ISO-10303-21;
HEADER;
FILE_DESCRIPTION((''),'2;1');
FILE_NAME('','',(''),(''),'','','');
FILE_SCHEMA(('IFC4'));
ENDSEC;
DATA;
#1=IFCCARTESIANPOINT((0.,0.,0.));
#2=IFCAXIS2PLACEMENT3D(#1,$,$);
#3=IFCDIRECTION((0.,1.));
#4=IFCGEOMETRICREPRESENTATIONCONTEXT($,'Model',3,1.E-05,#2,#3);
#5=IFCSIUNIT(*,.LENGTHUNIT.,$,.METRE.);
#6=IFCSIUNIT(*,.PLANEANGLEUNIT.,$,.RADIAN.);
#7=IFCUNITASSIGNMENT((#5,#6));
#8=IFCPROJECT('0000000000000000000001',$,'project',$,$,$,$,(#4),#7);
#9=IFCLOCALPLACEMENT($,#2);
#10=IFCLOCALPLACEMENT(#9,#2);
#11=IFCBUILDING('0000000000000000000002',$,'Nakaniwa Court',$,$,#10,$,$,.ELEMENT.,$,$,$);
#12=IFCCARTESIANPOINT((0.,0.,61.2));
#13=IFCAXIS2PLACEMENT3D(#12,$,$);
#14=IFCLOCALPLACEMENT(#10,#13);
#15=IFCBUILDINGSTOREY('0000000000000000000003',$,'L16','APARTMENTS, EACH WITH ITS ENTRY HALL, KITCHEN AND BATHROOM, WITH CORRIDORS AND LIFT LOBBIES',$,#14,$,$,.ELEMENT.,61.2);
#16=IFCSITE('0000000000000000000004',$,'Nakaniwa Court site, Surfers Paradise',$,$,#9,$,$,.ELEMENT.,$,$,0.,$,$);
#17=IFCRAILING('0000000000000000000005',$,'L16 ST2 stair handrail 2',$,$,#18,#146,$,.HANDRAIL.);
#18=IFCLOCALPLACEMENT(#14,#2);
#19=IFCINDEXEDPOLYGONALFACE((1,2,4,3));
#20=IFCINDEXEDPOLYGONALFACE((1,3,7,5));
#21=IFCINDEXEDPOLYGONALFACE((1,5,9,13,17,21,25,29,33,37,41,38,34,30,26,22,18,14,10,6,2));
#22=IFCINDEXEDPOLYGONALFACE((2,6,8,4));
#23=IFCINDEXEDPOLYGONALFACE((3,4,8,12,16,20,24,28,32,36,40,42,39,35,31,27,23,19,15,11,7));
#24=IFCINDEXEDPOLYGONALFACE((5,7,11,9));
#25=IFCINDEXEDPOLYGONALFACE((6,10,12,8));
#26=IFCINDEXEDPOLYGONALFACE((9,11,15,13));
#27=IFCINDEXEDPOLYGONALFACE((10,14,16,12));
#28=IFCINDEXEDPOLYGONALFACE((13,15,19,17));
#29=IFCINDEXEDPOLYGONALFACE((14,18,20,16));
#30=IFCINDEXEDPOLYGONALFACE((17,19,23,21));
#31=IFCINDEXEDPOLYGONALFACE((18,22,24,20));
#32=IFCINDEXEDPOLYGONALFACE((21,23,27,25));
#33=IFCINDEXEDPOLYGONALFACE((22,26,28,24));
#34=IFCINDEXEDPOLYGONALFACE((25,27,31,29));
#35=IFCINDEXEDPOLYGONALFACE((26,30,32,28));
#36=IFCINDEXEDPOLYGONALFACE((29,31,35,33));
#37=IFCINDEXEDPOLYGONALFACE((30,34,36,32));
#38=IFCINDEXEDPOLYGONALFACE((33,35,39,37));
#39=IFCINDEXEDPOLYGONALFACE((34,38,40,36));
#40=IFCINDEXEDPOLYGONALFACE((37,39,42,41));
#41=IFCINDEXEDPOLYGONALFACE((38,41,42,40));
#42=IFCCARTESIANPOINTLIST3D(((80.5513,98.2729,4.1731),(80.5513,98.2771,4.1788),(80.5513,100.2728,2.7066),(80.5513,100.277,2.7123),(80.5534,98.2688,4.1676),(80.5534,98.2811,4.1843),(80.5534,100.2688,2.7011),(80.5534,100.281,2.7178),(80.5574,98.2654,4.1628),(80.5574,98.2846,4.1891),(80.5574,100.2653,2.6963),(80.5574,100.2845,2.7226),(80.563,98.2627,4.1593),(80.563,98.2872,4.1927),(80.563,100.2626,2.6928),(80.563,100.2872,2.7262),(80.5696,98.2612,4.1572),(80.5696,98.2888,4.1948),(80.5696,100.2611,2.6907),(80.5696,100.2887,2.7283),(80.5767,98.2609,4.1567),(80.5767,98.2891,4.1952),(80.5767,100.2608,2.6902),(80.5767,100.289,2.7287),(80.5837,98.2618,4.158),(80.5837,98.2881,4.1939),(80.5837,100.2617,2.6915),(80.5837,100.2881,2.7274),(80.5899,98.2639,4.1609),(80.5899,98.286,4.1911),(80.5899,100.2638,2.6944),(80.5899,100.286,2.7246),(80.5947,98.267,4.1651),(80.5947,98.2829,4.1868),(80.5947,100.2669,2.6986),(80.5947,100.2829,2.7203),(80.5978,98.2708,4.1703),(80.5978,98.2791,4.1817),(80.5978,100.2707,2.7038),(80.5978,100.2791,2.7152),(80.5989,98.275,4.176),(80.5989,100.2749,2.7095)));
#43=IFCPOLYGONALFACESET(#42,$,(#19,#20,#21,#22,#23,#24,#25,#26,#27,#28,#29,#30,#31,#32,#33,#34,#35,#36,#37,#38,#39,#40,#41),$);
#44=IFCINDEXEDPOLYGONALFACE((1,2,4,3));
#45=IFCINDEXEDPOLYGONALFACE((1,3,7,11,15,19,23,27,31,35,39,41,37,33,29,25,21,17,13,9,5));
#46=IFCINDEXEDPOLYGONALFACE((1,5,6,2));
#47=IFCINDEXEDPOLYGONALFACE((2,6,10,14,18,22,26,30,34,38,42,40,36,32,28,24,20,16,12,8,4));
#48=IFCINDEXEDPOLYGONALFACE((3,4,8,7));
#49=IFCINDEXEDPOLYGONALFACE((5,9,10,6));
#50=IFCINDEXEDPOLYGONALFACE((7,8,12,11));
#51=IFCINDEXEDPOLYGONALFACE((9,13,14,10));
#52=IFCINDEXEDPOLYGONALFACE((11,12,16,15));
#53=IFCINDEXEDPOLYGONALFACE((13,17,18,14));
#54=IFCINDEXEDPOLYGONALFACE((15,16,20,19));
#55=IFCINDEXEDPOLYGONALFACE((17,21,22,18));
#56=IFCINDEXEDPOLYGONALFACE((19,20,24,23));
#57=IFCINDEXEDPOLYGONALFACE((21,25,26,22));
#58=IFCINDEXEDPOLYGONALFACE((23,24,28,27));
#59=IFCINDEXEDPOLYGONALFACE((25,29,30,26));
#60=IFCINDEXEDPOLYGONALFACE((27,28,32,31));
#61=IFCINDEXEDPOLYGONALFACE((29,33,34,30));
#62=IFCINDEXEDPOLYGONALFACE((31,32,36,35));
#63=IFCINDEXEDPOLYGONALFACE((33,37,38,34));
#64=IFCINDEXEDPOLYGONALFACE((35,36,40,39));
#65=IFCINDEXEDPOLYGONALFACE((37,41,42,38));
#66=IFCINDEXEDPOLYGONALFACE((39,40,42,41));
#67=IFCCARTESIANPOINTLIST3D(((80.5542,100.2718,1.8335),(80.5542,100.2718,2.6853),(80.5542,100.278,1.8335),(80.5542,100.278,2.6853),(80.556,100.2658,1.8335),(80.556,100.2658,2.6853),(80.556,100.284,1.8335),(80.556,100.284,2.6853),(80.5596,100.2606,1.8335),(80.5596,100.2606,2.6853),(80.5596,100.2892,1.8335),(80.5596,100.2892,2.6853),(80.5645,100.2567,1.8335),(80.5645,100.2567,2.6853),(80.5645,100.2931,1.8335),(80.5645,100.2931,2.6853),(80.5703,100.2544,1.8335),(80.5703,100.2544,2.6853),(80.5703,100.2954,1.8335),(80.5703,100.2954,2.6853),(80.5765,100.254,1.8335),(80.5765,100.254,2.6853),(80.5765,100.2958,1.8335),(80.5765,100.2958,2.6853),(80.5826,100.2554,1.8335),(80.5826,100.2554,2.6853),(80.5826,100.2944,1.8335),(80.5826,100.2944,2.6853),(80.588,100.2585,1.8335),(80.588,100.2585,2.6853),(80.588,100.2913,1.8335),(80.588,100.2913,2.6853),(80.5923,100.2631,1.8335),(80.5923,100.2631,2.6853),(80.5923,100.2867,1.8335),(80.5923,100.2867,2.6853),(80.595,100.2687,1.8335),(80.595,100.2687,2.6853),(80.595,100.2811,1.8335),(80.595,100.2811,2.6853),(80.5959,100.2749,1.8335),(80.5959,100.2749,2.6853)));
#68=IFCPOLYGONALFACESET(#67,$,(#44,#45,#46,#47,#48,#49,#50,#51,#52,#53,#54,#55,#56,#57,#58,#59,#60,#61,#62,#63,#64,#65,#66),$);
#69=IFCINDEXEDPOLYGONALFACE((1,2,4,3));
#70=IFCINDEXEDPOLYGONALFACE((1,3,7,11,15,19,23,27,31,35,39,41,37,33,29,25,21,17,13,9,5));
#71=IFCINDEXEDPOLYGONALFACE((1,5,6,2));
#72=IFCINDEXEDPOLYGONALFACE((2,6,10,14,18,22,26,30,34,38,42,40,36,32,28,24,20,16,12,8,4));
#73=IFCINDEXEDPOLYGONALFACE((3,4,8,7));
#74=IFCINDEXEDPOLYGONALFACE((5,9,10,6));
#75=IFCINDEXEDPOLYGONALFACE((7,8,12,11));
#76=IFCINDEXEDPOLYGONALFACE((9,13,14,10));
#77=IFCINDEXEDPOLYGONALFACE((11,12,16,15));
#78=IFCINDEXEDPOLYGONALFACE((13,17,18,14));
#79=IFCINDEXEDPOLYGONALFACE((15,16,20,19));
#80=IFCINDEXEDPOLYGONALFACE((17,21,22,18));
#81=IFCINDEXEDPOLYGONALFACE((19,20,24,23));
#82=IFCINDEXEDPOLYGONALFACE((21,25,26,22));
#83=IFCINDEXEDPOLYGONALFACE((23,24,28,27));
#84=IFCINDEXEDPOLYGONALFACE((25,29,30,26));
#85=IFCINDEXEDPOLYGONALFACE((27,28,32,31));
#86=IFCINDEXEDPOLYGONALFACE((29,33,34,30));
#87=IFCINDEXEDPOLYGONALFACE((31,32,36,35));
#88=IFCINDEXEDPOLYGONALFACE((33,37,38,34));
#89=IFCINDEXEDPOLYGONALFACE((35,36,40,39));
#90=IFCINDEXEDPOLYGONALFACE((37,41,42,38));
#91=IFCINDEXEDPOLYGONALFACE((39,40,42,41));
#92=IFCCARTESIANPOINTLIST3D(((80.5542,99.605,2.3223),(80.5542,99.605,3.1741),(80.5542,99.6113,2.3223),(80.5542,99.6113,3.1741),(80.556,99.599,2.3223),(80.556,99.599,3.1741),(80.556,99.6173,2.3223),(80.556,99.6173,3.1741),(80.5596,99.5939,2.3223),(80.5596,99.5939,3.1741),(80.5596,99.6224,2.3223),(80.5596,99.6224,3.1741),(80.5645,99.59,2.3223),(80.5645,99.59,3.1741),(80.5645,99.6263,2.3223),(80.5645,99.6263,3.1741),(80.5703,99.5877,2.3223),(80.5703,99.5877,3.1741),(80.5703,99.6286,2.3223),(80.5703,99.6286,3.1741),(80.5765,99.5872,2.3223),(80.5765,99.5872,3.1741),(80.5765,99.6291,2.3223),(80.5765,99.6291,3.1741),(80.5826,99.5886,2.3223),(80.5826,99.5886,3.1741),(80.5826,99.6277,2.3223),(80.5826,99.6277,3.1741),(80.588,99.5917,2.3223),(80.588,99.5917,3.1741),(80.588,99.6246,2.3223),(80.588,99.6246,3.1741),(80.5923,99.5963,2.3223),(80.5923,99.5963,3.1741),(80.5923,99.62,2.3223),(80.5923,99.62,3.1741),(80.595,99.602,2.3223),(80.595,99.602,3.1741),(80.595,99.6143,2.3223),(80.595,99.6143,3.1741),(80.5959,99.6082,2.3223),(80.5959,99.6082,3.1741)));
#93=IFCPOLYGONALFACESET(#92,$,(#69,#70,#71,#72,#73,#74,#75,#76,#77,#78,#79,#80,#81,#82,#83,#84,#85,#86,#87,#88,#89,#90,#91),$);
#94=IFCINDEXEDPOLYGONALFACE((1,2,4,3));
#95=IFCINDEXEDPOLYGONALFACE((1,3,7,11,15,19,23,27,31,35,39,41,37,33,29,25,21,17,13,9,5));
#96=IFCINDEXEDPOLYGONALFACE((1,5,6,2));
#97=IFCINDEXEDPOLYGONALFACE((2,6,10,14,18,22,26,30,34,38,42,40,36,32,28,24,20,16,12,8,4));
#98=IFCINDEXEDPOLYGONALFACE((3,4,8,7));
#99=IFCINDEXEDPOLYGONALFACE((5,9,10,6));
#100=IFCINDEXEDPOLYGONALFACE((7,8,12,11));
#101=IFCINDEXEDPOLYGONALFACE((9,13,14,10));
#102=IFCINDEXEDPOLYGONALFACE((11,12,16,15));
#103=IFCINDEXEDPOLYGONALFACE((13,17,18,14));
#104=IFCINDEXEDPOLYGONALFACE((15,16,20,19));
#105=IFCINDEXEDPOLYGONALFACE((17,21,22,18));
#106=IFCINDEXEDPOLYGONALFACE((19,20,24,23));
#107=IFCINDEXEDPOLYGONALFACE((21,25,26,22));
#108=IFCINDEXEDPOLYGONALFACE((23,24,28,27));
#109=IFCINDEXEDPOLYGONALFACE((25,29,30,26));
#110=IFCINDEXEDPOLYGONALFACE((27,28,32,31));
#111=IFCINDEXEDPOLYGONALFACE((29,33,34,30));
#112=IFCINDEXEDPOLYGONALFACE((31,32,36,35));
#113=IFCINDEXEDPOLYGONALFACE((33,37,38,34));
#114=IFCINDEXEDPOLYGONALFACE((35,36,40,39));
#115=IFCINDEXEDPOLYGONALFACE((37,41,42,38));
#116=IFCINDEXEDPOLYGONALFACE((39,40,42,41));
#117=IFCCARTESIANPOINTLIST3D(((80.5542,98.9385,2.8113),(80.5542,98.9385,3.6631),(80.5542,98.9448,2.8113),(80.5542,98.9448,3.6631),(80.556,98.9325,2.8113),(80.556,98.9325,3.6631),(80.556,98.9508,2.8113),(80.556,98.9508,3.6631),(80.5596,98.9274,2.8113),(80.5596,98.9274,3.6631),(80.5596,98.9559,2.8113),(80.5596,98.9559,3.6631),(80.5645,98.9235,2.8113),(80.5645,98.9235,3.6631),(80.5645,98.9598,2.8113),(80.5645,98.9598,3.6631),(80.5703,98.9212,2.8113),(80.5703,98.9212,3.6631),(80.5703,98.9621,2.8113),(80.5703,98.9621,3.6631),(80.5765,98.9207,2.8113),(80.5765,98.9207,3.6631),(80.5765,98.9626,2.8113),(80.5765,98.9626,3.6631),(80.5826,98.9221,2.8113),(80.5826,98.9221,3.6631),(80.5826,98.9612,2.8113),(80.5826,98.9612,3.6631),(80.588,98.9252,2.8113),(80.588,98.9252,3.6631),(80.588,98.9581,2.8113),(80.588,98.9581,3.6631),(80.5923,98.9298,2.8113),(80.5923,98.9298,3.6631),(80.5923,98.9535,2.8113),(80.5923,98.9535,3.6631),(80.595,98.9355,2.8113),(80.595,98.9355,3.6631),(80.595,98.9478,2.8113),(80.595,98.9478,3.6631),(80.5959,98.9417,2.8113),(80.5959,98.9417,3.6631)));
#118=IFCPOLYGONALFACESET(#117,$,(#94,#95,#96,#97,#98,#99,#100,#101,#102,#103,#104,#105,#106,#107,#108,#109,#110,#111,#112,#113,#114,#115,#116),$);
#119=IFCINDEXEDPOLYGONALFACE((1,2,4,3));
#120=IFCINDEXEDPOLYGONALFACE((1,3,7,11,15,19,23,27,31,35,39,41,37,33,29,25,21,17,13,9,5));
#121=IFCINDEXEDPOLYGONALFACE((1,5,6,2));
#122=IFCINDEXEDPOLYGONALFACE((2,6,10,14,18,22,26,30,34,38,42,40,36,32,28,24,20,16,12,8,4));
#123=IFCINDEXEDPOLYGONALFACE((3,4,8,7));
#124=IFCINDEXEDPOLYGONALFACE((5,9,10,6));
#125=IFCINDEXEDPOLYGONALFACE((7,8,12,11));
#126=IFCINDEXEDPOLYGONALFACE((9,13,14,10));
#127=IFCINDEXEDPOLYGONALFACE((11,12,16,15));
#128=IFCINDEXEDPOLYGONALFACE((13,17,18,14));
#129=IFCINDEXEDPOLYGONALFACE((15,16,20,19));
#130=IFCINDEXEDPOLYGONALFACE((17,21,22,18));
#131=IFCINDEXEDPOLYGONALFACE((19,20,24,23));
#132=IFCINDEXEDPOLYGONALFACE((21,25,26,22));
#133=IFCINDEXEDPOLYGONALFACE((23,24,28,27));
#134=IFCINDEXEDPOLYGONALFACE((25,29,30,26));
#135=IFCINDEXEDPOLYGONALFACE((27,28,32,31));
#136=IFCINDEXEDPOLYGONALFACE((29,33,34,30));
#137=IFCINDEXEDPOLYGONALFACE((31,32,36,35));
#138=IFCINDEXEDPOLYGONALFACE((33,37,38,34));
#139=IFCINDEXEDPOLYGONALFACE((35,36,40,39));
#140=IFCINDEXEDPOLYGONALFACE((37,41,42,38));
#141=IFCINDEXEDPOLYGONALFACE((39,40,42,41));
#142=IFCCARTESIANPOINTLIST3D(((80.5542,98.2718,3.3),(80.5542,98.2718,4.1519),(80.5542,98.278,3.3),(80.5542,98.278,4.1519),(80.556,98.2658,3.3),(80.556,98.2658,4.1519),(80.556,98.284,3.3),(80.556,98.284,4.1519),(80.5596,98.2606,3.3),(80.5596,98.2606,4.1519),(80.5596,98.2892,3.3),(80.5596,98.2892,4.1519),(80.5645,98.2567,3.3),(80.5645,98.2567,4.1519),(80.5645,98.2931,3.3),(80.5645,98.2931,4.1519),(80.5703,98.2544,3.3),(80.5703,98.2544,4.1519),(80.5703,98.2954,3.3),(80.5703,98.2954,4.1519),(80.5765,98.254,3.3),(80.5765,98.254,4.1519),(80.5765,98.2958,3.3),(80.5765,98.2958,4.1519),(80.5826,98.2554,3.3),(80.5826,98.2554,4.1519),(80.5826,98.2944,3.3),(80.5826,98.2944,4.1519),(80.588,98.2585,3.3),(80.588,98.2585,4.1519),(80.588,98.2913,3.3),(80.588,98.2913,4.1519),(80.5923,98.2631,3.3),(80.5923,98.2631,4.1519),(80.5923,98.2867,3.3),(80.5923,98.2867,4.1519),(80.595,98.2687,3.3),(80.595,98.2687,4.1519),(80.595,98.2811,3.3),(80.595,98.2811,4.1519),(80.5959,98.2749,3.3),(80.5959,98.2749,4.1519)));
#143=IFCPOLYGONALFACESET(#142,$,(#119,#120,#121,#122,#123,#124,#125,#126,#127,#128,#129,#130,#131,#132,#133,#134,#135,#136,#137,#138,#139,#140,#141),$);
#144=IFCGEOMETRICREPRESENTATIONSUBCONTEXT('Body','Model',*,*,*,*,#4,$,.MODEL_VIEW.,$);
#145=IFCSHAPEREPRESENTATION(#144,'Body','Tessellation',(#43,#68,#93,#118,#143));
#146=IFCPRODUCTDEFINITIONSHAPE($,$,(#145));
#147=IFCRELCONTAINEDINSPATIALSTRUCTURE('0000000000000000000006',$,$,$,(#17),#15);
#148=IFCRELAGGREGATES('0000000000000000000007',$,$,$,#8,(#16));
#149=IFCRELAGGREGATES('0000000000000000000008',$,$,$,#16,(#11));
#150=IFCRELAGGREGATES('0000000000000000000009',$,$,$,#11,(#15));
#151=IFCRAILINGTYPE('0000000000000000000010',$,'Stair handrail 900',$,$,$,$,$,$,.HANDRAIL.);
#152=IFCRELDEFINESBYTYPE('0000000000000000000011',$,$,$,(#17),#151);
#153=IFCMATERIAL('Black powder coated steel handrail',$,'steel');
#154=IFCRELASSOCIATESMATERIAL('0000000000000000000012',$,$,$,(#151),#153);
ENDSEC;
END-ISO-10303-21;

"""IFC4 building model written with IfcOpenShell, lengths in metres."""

from ifc_helpers import new_model, si_unit, direction, frame, origin, origin_2d, place, context, subcontext, project, spatial, circle, extrude, material, type_object, element, save


model = new_model("IFC4")

# Units and contexts
model_context = context("Model", 3, precision=1e-05, world=origin(), true_north=direction((0.0, 1.0)))
body_context = subcontext(model_context, "Body", "Model", "MODEL_VIEW")
ifc_project = project(units=[si_unit("LENGTHUNIT", "METRE"), si_unit("PLANEANGLEUNIT", "RADIAN")], contexts=[model_context])

# Site, building, storey
site_placement = place(None, origin())
site = spatial("IfcSite", under=ifc_project, at=site_placement, Name="Nakaniwa Court site, Surfers Paradise", CompositionType="ELEMENT", RefElevation=0.0)
building_placement = place(site_placement, origin())
building = spatial("IfcBuilding", under=site, at=building_placement, Name="Nakaniwa Court", CompositionType="ELEMENT")
storey_placement = place(building_placement, frame((0.0, 0.0, 61.2)))
storey = spatial("IfcBuildingStorey", under=building, at=storey_placement, Name="L16", Description="APARTMENTS, EACH WITH ITS ENTRY HALL, KITCHEN AND BATHROOM, WITH CORRIDORS AND LIFT LOBBIES", CompositionType="ELEMENT", Elevation=61.2)

# Railing
ifc_material_1 = material(Name="Black powder coated steel handrail", Category="steel")
railing_type_1 = type_object("IfcRailingType", Name="Stair handrail 900", PredefinedType="HANDRAIL", material=ifc_material_1)
railing_1_placement = place(storey_placement, frame((80.575, 100.2749, 1.8335)))
element("IfcRailing", 1, at=railing_1_placement, inside=storey, type_object=railing_type_1, Name="L16 ST2 stair handrail 2", PredefinedType="HANDRAIL", context=body_context, shape_type="SweptSolid", body=[
    extrude(circle(Radius=0.0239, at=origin_2d()), frame((0.0, 0.0, 0.876), z_axis=(0.0, -0.806427, 0.591334), x_axis=(1.0, 0.0, 0.0)), (0.0, 0.0, 1.0), 2.48),
    extrude(circle(Radius=0.021, at=origin_2d()), origin(), (0.0, 0.0, 1.0), 0.8518),
    extrude(circle(Radius=0.021, at=origin_2d()), frame((0.0, -0.6667, 0.4888)), (0.0, 0.0, 1.0), 0.8518),
    extrude(circle(Radius=0.021, at=origin_2d()), frame((0.0, -1.3333, 0.9778)), (0.0, 0.0, 1.0), 0.8518),
    extrude(circle(Radius=0.021, at=origin_2d()), frame((0.0, -2.0, 1.4666)), (0.0, 0.0, 1.0), 0.8518),
])

save(model, "model.ifc")
